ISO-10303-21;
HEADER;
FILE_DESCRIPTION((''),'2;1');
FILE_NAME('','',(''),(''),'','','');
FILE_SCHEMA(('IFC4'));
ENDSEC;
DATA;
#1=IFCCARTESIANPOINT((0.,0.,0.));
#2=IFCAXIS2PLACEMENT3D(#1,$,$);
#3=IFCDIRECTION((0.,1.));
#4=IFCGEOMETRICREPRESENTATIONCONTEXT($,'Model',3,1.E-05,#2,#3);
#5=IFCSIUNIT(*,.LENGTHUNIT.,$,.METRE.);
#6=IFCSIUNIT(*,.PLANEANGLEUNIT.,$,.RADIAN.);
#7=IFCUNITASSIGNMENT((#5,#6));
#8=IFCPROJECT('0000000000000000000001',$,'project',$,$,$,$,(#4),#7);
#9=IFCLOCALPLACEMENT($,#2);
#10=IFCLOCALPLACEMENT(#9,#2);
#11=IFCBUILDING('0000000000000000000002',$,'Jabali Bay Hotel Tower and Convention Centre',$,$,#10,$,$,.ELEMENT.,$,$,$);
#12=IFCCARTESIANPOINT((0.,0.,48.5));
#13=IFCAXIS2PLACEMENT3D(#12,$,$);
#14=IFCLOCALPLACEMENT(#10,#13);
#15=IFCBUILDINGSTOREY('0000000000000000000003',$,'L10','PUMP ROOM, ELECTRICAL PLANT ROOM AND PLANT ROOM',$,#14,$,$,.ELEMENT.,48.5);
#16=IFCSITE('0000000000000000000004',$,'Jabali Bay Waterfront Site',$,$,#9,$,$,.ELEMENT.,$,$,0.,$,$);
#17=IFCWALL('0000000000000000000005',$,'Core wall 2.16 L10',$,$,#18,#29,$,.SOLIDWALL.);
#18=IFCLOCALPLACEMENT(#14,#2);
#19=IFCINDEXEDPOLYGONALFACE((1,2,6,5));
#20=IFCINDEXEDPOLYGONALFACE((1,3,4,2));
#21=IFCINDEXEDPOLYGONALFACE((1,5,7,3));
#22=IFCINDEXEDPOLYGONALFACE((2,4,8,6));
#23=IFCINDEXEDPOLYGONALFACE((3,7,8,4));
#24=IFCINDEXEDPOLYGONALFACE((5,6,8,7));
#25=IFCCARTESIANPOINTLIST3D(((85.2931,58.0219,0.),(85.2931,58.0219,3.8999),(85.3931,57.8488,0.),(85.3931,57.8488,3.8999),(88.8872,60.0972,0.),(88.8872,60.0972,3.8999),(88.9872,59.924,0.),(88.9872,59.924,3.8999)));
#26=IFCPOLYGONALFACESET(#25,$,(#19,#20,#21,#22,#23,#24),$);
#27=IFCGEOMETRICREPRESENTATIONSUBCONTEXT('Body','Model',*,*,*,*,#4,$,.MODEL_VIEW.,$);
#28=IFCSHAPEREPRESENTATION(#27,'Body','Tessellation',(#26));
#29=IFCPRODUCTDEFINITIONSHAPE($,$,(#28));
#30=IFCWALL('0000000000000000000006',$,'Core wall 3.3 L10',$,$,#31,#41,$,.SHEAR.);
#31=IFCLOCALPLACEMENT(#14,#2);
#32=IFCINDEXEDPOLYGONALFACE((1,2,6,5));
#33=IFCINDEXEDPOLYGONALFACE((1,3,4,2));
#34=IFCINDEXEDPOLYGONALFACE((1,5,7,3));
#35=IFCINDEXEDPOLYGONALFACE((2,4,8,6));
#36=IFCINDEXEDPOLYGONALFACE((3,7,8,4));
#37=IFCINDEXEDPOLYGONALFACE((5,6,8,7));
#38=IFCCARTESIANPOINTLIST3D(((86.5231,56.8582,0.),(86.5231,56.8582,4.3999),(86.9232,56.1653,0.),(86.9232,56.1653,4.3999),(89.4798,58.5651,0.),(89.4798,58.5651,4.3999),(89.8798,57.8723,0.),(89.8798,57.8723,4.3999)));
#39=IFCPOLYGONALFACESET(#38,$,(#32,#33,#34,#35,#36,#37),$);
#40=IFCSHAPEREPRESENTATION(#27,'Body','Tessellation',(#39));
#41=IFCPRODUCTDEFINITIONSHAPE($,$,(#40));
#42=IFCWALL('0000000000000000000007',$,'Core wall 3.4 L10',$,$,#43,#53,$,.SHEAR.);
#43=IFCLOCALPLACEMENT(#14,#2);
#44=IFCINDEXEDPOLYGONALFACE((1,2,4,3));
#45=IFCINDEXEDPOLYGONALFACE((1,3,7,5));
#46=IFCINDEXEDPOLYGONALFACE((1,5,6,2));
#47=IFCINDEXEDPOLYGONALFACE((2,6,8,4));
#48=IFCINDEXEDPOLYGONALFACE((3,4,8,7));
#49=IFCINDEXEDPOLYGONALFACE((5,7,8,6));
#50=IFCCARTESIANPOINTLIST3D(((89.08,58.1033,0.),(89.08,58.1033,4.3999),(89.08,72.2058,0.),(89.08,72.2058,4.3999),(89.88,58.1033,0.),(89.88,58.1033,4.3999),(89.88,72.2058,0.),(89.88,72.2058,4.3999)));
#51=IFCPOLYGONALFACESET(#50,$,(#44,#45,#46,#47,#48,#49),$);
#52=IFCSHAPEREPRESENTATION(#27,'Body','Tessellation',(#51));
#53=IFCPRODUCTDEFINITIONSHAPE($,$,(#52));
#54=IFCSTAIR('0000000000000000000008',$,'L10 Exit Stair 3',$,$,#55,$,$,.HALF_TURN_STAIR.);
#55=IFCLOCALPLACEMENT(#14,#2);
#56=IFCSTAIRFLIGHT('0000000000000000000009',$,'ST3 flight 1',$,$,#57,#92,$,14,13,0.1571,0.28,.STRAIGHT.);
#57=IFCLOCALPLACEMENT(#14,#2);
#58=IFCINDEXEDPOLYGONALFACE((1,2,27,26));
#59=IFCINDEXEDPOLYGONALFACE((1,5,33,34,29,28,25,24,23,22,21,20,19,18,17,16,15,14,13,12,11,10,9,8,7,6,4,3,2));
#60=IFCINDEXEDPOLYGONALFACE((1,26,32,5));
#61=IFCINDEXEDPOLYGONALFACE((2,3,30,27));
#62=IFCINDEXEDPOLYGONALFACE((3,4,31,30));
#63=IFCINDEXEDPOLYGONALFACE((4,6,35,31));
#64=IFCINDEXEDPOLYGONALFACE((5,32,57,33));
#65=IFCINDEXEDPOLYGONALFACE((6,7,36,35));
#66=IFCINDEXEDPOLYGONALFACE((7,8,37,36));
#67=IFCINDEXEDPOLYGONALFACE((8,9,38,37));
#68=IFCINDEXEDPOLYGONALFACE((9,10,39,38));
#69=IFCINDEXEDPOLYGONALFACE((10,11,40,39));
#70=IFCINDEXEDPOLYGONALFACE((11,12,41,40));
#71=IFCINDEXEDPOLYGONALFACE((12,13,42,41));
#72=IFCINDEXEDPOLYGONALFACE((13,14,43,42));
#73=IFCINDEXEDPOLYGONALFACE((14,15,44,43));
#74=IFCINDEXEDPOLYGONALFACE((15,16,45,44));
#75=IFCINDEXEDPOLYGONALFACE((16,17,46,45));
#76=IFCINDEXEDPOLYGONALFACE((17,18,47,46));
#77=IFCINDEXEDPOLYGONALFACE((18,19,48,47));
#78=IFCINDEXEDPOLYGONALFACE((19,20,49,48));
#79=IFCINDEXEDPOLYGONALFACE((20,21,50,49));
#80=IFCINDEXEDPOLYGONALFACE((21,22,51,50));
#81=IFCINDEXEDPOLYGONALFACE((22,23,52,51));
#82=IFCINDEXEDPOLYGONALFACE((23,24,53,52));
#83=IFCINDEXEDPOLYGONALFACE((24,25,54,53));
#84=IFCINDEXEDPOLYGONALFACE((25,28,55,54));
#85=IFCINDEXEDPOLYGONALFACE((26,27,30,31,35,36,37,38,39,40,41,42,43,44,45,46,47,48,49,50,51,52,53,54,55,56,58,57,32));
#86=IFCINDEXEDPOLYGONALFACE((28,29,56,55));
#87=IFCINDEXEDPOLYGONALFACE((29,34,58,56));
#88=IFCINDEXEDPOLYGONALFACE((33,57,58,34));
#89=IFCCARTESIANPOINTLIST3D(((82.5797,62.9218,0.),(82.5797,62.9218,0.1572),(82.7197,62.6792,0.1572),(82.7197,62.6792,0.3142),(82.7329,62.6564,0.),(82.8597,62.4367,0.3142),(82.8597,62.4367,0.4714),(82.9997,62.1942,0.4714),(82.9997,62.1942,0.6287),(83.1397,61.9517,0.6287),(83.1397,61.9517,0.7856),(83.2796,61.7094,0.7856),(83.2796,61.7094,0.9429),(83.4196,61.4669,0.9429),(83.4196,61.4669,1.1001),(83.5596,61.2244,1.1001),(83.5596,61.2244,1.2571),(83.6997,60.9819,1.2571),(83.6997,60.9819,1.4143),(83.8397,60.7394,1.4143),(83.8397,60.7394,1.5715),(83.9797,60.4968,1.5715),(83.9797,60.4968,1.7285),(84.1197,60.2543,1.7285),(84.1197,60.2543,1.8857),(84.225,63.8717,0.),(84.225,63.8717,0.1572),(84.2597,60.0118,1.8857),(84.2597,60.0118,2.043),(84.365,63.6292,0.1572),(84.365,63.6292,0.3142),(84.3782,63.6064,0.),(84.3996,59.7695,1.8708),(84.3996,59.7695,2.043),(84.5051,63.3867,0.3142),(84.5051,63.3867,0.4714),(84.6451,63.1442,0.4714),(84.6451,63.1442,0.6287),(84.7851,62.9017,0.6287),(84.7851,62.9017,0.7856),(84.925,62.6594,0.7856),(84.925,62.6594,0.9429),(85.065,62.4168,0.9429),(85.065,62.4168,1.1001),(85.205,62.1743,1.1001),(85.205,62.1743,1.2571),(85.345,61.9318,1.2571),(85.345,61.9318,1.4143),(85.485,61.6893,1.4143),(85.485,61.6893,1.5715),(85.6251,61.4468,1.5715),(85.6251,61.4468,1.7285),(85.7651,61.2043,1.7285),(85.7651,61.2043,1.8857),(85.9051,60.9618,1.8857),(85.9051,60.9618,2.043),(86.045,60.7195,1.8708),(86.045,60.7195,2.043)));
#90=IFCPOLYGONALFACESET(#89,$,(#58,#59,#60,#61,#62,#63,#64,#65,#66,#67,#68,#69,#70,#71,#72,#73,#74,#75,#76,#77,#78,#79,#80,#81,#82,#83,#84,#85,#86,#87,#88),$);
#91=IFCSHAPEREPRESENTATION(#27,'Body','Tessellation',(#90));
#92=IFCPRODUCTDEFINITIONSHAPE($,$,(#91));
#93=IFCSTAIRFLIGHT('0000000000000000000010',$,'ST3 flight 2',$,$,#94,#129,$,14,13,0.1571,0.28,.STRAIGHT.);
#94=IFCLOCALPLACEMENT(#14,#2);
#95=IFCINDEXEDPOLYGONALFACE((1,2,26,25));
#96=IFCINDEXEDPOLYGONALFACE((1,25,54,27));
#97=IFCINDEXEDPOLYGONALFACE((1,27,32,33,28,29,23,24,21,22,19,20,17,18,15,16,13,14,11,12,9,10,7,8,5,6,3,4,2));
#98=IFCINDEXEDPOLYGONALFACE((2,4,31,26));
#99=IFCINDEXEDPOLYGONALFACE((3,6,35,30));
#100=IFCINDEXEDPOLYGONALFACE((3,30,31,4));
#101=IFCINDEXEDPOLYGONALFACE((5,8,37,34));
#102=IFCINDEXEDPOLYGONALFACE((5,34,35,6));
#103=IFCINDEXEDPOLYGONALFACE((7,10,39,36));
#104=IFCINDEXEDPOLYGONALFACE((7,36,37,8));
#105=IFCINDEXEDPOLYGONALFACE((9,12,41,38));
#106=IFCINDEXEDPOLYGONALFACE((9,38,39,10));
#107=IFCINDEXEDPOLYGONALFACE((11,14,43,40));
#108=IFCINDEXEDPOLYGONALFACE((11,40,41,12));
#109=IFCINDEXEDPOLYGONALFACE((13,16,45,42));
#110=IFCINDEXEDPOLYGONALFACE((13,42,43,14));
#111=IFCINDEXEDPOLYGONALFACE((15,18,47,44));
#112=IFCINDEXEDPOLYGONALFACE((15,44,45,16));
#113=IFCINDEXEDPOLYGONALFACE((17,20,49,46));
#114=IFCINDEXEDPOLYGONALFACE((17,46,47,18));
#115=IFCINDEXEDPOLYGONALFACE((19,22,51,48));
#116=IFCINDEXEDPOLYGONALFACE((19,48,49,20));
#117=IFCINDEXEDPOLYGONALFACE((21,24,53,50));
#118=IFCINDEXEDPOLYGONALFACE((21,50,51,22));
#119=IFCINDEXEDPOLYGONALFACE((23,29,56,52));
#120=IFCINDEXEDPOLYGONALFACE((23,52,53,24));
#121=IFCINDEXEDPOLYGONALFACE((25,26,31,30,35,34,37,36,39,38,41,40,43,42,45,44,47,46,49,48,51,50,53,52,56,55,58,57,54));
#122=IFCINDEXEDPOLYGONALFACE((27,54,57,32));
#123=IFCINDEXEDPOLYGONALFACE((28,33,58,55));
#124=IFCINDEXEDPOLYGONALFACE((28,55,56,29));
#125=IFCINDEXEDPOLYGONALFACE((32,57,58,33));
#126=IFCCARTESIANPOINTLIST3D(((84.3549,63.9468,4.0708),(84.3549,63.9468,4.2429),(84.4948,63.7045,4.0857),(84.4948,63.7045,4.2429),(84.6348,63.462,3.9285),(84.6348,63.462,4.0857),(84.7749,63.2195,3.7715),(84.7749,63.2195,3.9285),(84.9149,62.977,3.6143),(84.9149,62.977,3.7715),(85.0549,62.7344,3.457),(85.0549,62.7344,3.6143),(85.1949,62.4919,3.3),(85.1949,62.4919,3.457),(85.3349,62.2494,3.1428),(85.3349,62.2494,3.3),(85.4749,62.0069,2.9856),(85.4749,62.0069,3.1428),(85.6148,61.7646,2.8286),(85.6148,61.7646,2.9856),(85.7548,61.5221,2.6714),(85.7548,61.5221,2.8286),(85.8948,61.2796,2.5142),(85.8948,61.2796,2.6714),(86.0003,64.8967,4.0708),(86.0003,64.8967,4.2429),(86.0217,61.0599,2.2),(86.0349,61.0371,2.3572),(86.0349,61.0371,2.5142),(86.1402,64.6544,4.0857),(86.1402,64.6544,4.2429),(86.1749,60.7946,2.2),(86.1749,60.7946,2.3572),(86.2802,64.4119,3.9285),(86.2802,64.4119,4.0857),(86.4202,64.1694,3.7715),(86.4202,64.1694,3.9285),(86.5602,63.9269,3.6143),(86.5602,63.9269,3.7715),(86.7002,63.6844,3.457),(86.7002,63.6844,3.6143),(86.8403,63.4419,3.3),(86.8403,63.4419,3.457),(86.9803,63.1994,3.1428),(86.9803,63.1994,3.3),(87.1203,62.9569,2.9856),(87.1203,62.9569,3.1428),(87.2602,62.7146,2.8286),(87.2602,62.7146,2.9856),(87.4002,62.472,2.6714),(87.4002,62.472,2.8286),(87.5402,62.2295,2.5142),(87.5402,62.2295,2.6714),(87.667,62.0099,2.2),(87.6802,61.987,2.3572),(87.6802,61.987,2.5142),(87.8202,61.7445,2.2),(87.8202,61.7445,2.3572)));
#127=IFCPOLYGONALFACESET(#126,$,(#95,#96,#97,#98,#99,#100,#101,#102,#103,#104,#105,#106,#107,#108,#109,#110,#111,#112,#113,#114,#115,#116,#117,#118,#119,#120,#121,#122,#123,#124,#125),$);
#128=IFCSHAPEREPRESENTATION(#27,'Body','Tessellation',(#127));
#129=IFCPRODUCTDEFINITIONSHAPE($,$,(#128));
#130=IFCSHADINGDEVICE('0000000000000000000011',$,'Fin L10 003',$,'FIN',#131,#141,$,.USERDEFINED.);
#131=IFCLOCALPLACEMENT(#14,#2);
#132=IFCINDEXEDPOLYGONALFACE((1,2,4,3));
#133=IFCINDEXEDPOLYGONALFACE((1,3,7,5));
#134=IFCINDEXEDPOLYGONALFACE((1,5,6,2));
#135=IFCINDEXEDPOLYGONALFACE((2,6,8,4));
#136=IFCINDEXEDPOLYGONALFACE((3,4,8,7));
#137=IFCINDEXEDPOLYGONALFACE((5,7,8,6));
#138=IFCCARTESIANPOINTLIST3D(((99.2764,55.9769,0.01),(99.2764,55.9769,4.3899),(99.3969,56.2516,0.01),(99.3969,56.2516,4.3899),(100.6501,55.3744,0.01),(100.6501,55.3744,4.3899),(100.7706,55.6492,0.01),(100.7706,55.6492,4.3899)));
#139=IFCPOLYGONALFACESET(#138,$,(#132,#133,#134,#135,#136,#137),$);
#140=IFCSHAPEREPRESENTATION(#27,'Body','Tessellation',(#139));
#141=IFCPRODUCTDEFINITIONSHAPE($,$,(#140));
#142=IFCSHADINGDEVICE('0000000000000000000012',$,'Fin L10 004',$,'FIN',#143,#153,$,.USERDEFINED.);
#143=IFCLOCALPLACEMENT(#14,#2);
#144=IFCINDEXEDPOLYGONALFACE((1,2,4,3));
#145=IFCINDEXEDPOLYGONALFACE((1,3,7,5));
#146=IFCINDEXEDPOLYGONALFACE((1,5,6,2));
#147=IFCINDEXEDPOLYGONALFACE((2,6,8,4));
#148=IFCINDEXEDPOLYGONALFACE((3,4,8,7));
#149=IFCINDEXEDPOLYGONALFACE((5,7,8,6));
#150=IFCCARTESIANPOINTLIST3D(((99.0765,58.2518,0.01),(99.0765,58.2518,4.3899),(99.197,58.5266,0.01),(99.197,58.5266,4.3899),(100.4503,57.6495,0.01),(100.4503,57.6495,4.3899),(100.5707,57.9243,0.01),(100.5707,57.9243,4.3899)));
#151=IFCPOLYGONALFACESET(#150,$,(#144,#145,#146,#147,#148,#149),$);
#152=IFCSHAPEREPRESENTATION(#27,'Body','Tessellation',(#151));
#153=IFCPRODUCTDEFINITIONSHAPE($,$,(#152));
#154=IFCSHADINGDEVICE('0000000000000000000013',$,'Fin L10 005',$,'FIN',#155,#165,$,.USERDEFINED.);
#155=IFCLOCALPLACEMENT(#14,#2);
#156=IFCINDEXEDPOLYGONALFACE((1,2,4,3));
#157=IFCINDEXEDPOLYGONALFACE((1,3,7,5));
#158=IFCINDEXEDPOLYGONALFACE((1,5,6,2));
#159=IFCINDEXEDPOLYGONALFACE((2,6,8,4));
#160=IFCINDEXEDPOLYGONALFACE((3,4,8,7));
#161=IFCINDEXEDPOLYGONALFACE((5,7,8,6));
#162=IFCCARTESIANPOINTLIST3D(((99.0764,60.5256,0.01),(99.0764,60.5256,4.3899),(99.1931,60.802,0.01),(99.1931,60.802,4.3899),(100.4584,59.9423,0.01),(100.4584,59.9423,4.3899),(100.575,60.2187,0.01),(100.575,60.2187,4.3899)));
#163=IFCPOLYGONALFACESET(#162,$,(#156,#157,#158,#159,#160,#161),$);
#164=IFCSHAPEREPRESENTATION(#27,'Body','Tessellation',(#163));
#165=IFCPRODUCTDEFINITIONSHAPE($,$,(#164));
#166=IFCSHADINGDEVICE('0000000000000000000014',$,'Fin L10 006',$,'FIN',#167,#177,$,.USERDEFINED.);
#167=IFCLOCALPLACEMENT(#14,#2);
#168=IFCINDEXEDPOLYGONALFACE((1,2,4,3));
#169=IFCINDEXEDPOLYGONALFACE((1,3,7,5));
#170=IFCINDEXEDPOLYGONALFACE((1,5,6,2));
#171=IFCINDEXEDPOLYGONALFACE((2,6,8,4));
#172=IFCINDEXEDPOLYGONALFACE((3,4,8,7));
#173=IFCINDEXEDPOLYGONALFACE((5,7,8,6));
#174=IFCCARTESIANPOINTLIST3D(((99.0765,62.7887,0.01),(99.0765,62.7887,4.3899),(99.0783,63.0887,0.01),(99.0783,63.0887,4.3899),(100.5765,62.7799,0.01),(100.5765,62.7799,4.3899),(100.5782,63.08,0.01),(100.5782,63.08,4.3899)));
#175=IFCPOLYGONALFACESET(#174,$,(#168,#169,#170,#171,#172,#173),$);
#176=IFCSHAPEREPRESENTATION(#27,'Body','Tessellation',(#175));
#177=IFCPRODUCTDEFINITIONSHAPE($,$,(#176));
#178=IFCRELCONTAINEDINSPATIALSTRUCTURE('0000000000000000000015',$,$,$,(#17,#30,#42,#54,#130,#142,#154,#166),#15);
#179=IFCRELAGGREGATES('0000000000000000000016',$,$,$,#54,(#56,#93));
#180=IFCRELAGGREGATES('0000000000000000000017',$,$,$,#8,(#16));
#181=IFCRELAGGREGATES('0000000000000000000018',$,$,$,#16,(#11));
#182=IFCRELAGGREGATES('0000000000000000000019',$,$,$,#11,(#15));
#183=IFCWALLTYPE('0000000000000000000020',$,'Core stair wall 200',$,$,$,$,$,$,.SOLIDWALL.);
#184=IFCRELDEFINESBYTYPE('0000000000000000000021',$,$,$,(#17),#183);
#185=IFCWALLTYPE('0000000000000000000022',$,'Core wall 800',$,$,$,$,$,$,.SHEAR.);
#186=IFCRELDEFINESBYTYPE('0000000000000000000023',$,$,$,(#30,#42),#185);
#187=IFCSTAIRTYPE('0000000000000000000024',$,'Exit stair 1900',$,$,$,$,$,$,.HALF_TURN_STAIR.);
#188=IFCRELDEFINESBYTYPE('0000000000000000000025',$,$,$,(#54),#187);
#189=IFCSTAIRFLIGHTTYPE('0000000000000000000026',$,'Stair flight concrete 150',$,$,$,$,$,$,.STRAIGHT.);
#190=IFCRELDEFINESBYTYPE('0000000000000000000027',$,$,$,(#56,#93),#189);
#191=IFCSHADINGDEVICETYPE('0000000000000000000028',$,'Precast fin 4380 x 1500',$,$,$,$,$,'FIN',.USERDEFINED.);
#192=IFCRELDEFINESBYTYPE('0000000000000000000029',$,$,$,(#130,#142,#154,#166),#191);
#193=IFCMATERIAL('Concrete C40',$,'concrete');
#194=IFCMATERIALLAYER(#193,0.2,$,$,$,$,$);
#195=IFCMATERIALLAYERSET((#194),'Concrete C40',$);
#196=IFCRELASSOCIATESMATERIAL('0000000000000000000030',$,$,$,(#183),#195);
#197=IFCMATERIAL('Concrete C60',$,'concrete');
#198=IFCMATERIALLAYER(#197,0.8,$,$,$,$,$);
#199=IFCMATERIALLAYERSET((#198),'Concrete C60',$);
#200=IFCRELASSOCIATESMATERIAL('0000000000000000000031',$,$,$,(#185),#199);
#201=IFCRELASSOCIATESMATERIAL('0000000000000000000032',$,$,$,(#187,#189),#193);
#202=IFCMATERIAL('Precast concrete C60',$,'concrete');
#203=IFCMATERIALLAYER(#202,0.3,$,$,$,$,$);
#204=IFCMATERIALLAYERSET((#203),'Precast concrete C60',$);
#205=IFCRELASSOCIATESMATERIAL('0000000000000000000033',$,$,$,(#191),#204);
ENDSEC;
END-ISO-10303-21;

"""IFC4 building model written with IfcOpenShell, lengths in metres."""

from ifc_helpers import new_model, si_unit, direction, frame, frame_2d, origin, place, context, subcontext, project, spatial, polyline, rectangle, outline, extrude, material, layer, layer_set, type_object, element, aggregate, save


model = new_model("IFC4")

# Units and contexts
model_context = context("Model", 3, precision=1e-05, world=origin(), true_north=direction((0.0, 1.0)))
body_context = subcontext(model_context, "Body", "Model", "MODEL_VIEW")
ifc_project = project(units=[si_unit("LENGTHUNIT", "METRE"), si_unit("PLANEANGLEUNIT", "RADIAN")], contexts=[model_context])

# Site, building, storey
site_placement = place(None, origin())
site = spatial("IfcSite", under=ifc_project, at=site_placement, Name="Jabali Bay Waterfront Site", CompositionType="ELEMENT", RefElevation=0.0)
building_placement = place(site_placement, origin())
building = spatial("IfcBuilding", under=site, at=building_placement, Name="Jabali Bay Hotel Tower and Convention Centre", CompositionType="ELEMENT")
storey_placement = place(building_placement, frame((0.0, 0.0, 48.5)))
storey = spatial("IfcBuildingStorey", under=building, at=storey_placement, Name="L10", Description="PUMP ROOM, ELECTRICAL PLANT ROOM AND PLANT ROOM", CompositionType="ELEMENT", Elevation=48.5)

# Shared definitions
ifc_material_1 = material(Name="Concrete C60", Category="concrete")

# Shared definitions
ifc_material_2 = material(Name="Concrete C40", Category="concrete")

# Shared definitions
ifc_layer_1 = layer(ifc_material_2, 0.2)
ifc_layer_set_1 = layer_set([ifc_layer_1], Name="Concrete C40")
wall_type_1 = type_object("IfcWallType", Name="Core stair wall 200", PredefinedType="SOLIDWALL", material=ifc_layer_set_1)

# Walls
wall_1_placement = place(storey_placement, frame((85.343, 57.9353, 0.0), z_axis=(0.0, 0.0, 1.0), x_axis=(0.866004, 0.500036, 0.0)))
element("IfcWall", 1, at=wall_1_placement, inside=storey, type_object=wall_type_1, Name="Core wall 2.16 L10", PredefinedType="SOLIDWALL", context=body_context, shape_type="SweptSolid", body=[
    extrude(rectangle(XDim=4.1501, YDim=0.2, at=frame_2d((2.0752, 0.0))), origin(), (0.0, 0.0, 1.0), 3.8999),
])
ifc_layer_2 = layer(ifc_material_1, 0.8)
ifc_layer_set_2 = layer_set([ifc_layer_2], Name="Concrete C60")
wall_type_2 = type_object("IfcWallType", Name="Core wall 800", PredefinedType="SHEAR", material=ifc_layer_set_2)
wall_2_placement = place(storey_placement, frame((86.7231, 56.5117, 0.0), z_axis=(0.0, 0.0, 1.0), x_axis=(0.866034, 0.499984, 0.0)))
element("IfcWall", 2, at=wall_2_placement, inside=storey, type_object=wall_type_2, Name="Core wall 3.3 L10", PredefinedType="SHEAR", context=body_context, shape_type="SweptSolid", body=[
    extrude(rectangle(XDim=3.4141, YDim=0.8, at=frame_2d((1.707, 0.0))), origin(), (0.0, 0.0, 1.0), 4.3999),
])
wall_3_placement = place(storey_placement, frame((89.48, 58.1033, 0.0), z_axis=(0.0, 0.0, 1.0), x_axis=(0.0, 1.0, 0.0)))
element("IfcWall", 3, at=wall_3_placement, inside=storey, type_object=wall_type_2, Name="Core wall 3.4 L10", PredefinedType="SHEAR", context=body_context, shape_type="SweptSolid", body=[
    extrude(rectangle(XDim=14.1025, YDim=0.8, at=frame_2d((7.0513, 0.0))), origin(), (0.0, 0.0, 1.0), 4.3999),
])

# Stair, stair flights
stair_type = type_object("IfcStairType", Name="Exit stair 1900", PredefinedType="HALF_TURN_STAIR", material=ifc_material_2)
stair_placement = place(storey_placement, origin())
stair = element("IfcStair", 4, at=stair_placement, inside=storey, type_object=stair_type, Name="L10 Exit Stair 3", PredefinedType="HALF_TURN_STAIR")
stair_flight_type = type_object("IfcStairFlightType", Name="Stair flight concrete 150", PredefinedType="STRAIGHT", material=ifc_material_2)
stair_flight_1_placement = place(storey_placement, frame((83.4023, 63.3967, 0.0), z_axis=(0.0, 0.0, 1.0), x_axis=(0.5, -0.866025, 0.0)))
stair_flight_1 = element("IfcStairFlight", 5, at=stair_flight_1_placement, type_object=stair_flight_type, Name="ST3 flight 1", NumberOfRisers=14, NumberOfTreads=13, PredefinedType="STRAIGHT", RiserHeight=0.1571, TreadLength=0.28, context=body_context, shape_type="SweptSolid", body=[
    extrude(outline(polyline([(0.0, 0.0), (0.0, 0.1572), (0.28, 0.1572), (0.28, 0.3142), (0.5601, 0.3142), (0.5601, 0.4714), (0.8401, 0.4714), (0.8401, 0.6287), (1.1201, 0.6287), (1.1201, 0.7856), (1.3999, 0.7856), (1.3999, 0.9429), (1.6799, 0.9429), (1.6799, 1.1001), (1.96, 1.1001), (1.96, 1.2571), (2.24, 1.2571), (2.24, 1.4143), (2.52, 1.4143), (2.52, 1.5715), (2.8, 1.5715), (2.8, 1.7285), (3.0801, 1.7285), (3.0801, 1.8857), (3.3601, 1.8857), (3.3601, 2.043), (3.6399, 2.043), (3.6399, 2.2), (3.6399, 1.8708), (0.3064, 0.0), (0.0, 0.0)])), frame((0.0, 0.95, 0.0), z_axis=(0.0, -1.0, 0.0), x_axis=(1.0, 0.0, 0.0)), (0.0, 0.0, 1.0), 1.8999),
])
stair_flight_2_placement = place(storey_placement, frame((86.9976, 61.2695, 2.2), z_axis=(0.0, 0.0, 1.0), x_axis=(-0.5, 0.866025, 0.0)))
stair_flight_2 = element("IfcStairFlight", 6, at=stair_flight_2_placement, type_object=stair_flight_type, Name="ST3 flight 2", NumberOfRisers=14, NumberOfTreads=13, PredefinedType="STRAIGHT", RiserHeight=0.1571, TreadLength=0.28, context=body_context, shape_type="SweptSolid", body=[
    extrude(outline(polyline([(0.0, 0.0), (0.0, 0.1572), (0.28, 0.1572), (0.28, 0.3142), (0.5601, 0.3142), (0.5601, 0.4714), (0.8401, 0.4714), (0.8401, 0.6287), (1.1201, 0.6287), (1.1201, 0.7856), (1.3999, 0.7856), (1.3999, 0.9429), (1.6799, 0.9429), (1.6799, 1.1001), (1.96, 1.1001), (1.96, 1.2571), (2.24, 1.2571), (2.24, 1.4143), (2.52, 1.4143), (2.52, 1.5715), (2.8, 1.5715), (2.8, 1.7285), (3.0801, 1.7285), (3.0801, 1.8857), (3.3601, 1.8857), (3.3601, 2.043), (3.6399, 2.043), (3.6399, 2.2), (3.6399, 1.8708), (0.3064, 0.0), (0.0, 0.0)])), frame((0.0, 0.95, 0.0), z_axis=(0.0, -1.0, 0.0), x_axis=(1.0, 0.0, 0.0)), (0.0, 0.0, 1.0), 1.8999),
])
aggregate(stair, [stair_flight_1, stair_flight_2])

# Shading devices
ifc_material_3 = material(Name="Precast concrete C60", Category="concrete")
ifc_layer_3 = layer(ifc_material_3, 0.3)
ifc_layer_set_3 = layer_set([ifc_layer_3], Name="Precast concrete C60")
shading_device_type = type_object("IfcShadingDeviceType", Name="Precast fin 4380 x 1500", ElementType="FIN", PredefinedType="USERDEFINED", material=ifc_layer_set_3)
for number, where, z_axis, x_axis, name in (
    (7, (99.3367, 56.1143, 0.01), (0.0, 0.0, 1.0), (0.915787, -0.401664, 0.0), "Fin L10 003"),
    (8, (99.1367, 58.3892, 0.01), (0.0, 0.0, 1.0), (0.915847, -0.401527, 0.0), "Fin L10 004"),
    (9, (99.1348, 60.6638, 0.01), (0.0, 0.0, 1.0), (0.921295, -0.388865, 0.0), "Fin L10 005"),
    (10, (99.0774, 62.9387, 0.01), (0.0, 0.0, 1.0), (0.999983, -0.005859, 0.0), "Fin L10 006"),
):
    element("IfcShadingDevice", number, at=place(storey_placement, frame(where, z_axis=z_axis, x_axis=x_axis)), inside=storey, type_object=shading_device_type, Name=name, ObjectType="FIN", PredefinedType="USERDEFINED", context=body_context, shape_type="SweptSolid", body=[
        extrude(rectangle(XDim=1.5, YDim=0.3, at=frame_2d((0.75, 0.0))), origin(), (0.0, 0.0, 1.0), 4.3799),
    ])

save(model, "model.ifc")
